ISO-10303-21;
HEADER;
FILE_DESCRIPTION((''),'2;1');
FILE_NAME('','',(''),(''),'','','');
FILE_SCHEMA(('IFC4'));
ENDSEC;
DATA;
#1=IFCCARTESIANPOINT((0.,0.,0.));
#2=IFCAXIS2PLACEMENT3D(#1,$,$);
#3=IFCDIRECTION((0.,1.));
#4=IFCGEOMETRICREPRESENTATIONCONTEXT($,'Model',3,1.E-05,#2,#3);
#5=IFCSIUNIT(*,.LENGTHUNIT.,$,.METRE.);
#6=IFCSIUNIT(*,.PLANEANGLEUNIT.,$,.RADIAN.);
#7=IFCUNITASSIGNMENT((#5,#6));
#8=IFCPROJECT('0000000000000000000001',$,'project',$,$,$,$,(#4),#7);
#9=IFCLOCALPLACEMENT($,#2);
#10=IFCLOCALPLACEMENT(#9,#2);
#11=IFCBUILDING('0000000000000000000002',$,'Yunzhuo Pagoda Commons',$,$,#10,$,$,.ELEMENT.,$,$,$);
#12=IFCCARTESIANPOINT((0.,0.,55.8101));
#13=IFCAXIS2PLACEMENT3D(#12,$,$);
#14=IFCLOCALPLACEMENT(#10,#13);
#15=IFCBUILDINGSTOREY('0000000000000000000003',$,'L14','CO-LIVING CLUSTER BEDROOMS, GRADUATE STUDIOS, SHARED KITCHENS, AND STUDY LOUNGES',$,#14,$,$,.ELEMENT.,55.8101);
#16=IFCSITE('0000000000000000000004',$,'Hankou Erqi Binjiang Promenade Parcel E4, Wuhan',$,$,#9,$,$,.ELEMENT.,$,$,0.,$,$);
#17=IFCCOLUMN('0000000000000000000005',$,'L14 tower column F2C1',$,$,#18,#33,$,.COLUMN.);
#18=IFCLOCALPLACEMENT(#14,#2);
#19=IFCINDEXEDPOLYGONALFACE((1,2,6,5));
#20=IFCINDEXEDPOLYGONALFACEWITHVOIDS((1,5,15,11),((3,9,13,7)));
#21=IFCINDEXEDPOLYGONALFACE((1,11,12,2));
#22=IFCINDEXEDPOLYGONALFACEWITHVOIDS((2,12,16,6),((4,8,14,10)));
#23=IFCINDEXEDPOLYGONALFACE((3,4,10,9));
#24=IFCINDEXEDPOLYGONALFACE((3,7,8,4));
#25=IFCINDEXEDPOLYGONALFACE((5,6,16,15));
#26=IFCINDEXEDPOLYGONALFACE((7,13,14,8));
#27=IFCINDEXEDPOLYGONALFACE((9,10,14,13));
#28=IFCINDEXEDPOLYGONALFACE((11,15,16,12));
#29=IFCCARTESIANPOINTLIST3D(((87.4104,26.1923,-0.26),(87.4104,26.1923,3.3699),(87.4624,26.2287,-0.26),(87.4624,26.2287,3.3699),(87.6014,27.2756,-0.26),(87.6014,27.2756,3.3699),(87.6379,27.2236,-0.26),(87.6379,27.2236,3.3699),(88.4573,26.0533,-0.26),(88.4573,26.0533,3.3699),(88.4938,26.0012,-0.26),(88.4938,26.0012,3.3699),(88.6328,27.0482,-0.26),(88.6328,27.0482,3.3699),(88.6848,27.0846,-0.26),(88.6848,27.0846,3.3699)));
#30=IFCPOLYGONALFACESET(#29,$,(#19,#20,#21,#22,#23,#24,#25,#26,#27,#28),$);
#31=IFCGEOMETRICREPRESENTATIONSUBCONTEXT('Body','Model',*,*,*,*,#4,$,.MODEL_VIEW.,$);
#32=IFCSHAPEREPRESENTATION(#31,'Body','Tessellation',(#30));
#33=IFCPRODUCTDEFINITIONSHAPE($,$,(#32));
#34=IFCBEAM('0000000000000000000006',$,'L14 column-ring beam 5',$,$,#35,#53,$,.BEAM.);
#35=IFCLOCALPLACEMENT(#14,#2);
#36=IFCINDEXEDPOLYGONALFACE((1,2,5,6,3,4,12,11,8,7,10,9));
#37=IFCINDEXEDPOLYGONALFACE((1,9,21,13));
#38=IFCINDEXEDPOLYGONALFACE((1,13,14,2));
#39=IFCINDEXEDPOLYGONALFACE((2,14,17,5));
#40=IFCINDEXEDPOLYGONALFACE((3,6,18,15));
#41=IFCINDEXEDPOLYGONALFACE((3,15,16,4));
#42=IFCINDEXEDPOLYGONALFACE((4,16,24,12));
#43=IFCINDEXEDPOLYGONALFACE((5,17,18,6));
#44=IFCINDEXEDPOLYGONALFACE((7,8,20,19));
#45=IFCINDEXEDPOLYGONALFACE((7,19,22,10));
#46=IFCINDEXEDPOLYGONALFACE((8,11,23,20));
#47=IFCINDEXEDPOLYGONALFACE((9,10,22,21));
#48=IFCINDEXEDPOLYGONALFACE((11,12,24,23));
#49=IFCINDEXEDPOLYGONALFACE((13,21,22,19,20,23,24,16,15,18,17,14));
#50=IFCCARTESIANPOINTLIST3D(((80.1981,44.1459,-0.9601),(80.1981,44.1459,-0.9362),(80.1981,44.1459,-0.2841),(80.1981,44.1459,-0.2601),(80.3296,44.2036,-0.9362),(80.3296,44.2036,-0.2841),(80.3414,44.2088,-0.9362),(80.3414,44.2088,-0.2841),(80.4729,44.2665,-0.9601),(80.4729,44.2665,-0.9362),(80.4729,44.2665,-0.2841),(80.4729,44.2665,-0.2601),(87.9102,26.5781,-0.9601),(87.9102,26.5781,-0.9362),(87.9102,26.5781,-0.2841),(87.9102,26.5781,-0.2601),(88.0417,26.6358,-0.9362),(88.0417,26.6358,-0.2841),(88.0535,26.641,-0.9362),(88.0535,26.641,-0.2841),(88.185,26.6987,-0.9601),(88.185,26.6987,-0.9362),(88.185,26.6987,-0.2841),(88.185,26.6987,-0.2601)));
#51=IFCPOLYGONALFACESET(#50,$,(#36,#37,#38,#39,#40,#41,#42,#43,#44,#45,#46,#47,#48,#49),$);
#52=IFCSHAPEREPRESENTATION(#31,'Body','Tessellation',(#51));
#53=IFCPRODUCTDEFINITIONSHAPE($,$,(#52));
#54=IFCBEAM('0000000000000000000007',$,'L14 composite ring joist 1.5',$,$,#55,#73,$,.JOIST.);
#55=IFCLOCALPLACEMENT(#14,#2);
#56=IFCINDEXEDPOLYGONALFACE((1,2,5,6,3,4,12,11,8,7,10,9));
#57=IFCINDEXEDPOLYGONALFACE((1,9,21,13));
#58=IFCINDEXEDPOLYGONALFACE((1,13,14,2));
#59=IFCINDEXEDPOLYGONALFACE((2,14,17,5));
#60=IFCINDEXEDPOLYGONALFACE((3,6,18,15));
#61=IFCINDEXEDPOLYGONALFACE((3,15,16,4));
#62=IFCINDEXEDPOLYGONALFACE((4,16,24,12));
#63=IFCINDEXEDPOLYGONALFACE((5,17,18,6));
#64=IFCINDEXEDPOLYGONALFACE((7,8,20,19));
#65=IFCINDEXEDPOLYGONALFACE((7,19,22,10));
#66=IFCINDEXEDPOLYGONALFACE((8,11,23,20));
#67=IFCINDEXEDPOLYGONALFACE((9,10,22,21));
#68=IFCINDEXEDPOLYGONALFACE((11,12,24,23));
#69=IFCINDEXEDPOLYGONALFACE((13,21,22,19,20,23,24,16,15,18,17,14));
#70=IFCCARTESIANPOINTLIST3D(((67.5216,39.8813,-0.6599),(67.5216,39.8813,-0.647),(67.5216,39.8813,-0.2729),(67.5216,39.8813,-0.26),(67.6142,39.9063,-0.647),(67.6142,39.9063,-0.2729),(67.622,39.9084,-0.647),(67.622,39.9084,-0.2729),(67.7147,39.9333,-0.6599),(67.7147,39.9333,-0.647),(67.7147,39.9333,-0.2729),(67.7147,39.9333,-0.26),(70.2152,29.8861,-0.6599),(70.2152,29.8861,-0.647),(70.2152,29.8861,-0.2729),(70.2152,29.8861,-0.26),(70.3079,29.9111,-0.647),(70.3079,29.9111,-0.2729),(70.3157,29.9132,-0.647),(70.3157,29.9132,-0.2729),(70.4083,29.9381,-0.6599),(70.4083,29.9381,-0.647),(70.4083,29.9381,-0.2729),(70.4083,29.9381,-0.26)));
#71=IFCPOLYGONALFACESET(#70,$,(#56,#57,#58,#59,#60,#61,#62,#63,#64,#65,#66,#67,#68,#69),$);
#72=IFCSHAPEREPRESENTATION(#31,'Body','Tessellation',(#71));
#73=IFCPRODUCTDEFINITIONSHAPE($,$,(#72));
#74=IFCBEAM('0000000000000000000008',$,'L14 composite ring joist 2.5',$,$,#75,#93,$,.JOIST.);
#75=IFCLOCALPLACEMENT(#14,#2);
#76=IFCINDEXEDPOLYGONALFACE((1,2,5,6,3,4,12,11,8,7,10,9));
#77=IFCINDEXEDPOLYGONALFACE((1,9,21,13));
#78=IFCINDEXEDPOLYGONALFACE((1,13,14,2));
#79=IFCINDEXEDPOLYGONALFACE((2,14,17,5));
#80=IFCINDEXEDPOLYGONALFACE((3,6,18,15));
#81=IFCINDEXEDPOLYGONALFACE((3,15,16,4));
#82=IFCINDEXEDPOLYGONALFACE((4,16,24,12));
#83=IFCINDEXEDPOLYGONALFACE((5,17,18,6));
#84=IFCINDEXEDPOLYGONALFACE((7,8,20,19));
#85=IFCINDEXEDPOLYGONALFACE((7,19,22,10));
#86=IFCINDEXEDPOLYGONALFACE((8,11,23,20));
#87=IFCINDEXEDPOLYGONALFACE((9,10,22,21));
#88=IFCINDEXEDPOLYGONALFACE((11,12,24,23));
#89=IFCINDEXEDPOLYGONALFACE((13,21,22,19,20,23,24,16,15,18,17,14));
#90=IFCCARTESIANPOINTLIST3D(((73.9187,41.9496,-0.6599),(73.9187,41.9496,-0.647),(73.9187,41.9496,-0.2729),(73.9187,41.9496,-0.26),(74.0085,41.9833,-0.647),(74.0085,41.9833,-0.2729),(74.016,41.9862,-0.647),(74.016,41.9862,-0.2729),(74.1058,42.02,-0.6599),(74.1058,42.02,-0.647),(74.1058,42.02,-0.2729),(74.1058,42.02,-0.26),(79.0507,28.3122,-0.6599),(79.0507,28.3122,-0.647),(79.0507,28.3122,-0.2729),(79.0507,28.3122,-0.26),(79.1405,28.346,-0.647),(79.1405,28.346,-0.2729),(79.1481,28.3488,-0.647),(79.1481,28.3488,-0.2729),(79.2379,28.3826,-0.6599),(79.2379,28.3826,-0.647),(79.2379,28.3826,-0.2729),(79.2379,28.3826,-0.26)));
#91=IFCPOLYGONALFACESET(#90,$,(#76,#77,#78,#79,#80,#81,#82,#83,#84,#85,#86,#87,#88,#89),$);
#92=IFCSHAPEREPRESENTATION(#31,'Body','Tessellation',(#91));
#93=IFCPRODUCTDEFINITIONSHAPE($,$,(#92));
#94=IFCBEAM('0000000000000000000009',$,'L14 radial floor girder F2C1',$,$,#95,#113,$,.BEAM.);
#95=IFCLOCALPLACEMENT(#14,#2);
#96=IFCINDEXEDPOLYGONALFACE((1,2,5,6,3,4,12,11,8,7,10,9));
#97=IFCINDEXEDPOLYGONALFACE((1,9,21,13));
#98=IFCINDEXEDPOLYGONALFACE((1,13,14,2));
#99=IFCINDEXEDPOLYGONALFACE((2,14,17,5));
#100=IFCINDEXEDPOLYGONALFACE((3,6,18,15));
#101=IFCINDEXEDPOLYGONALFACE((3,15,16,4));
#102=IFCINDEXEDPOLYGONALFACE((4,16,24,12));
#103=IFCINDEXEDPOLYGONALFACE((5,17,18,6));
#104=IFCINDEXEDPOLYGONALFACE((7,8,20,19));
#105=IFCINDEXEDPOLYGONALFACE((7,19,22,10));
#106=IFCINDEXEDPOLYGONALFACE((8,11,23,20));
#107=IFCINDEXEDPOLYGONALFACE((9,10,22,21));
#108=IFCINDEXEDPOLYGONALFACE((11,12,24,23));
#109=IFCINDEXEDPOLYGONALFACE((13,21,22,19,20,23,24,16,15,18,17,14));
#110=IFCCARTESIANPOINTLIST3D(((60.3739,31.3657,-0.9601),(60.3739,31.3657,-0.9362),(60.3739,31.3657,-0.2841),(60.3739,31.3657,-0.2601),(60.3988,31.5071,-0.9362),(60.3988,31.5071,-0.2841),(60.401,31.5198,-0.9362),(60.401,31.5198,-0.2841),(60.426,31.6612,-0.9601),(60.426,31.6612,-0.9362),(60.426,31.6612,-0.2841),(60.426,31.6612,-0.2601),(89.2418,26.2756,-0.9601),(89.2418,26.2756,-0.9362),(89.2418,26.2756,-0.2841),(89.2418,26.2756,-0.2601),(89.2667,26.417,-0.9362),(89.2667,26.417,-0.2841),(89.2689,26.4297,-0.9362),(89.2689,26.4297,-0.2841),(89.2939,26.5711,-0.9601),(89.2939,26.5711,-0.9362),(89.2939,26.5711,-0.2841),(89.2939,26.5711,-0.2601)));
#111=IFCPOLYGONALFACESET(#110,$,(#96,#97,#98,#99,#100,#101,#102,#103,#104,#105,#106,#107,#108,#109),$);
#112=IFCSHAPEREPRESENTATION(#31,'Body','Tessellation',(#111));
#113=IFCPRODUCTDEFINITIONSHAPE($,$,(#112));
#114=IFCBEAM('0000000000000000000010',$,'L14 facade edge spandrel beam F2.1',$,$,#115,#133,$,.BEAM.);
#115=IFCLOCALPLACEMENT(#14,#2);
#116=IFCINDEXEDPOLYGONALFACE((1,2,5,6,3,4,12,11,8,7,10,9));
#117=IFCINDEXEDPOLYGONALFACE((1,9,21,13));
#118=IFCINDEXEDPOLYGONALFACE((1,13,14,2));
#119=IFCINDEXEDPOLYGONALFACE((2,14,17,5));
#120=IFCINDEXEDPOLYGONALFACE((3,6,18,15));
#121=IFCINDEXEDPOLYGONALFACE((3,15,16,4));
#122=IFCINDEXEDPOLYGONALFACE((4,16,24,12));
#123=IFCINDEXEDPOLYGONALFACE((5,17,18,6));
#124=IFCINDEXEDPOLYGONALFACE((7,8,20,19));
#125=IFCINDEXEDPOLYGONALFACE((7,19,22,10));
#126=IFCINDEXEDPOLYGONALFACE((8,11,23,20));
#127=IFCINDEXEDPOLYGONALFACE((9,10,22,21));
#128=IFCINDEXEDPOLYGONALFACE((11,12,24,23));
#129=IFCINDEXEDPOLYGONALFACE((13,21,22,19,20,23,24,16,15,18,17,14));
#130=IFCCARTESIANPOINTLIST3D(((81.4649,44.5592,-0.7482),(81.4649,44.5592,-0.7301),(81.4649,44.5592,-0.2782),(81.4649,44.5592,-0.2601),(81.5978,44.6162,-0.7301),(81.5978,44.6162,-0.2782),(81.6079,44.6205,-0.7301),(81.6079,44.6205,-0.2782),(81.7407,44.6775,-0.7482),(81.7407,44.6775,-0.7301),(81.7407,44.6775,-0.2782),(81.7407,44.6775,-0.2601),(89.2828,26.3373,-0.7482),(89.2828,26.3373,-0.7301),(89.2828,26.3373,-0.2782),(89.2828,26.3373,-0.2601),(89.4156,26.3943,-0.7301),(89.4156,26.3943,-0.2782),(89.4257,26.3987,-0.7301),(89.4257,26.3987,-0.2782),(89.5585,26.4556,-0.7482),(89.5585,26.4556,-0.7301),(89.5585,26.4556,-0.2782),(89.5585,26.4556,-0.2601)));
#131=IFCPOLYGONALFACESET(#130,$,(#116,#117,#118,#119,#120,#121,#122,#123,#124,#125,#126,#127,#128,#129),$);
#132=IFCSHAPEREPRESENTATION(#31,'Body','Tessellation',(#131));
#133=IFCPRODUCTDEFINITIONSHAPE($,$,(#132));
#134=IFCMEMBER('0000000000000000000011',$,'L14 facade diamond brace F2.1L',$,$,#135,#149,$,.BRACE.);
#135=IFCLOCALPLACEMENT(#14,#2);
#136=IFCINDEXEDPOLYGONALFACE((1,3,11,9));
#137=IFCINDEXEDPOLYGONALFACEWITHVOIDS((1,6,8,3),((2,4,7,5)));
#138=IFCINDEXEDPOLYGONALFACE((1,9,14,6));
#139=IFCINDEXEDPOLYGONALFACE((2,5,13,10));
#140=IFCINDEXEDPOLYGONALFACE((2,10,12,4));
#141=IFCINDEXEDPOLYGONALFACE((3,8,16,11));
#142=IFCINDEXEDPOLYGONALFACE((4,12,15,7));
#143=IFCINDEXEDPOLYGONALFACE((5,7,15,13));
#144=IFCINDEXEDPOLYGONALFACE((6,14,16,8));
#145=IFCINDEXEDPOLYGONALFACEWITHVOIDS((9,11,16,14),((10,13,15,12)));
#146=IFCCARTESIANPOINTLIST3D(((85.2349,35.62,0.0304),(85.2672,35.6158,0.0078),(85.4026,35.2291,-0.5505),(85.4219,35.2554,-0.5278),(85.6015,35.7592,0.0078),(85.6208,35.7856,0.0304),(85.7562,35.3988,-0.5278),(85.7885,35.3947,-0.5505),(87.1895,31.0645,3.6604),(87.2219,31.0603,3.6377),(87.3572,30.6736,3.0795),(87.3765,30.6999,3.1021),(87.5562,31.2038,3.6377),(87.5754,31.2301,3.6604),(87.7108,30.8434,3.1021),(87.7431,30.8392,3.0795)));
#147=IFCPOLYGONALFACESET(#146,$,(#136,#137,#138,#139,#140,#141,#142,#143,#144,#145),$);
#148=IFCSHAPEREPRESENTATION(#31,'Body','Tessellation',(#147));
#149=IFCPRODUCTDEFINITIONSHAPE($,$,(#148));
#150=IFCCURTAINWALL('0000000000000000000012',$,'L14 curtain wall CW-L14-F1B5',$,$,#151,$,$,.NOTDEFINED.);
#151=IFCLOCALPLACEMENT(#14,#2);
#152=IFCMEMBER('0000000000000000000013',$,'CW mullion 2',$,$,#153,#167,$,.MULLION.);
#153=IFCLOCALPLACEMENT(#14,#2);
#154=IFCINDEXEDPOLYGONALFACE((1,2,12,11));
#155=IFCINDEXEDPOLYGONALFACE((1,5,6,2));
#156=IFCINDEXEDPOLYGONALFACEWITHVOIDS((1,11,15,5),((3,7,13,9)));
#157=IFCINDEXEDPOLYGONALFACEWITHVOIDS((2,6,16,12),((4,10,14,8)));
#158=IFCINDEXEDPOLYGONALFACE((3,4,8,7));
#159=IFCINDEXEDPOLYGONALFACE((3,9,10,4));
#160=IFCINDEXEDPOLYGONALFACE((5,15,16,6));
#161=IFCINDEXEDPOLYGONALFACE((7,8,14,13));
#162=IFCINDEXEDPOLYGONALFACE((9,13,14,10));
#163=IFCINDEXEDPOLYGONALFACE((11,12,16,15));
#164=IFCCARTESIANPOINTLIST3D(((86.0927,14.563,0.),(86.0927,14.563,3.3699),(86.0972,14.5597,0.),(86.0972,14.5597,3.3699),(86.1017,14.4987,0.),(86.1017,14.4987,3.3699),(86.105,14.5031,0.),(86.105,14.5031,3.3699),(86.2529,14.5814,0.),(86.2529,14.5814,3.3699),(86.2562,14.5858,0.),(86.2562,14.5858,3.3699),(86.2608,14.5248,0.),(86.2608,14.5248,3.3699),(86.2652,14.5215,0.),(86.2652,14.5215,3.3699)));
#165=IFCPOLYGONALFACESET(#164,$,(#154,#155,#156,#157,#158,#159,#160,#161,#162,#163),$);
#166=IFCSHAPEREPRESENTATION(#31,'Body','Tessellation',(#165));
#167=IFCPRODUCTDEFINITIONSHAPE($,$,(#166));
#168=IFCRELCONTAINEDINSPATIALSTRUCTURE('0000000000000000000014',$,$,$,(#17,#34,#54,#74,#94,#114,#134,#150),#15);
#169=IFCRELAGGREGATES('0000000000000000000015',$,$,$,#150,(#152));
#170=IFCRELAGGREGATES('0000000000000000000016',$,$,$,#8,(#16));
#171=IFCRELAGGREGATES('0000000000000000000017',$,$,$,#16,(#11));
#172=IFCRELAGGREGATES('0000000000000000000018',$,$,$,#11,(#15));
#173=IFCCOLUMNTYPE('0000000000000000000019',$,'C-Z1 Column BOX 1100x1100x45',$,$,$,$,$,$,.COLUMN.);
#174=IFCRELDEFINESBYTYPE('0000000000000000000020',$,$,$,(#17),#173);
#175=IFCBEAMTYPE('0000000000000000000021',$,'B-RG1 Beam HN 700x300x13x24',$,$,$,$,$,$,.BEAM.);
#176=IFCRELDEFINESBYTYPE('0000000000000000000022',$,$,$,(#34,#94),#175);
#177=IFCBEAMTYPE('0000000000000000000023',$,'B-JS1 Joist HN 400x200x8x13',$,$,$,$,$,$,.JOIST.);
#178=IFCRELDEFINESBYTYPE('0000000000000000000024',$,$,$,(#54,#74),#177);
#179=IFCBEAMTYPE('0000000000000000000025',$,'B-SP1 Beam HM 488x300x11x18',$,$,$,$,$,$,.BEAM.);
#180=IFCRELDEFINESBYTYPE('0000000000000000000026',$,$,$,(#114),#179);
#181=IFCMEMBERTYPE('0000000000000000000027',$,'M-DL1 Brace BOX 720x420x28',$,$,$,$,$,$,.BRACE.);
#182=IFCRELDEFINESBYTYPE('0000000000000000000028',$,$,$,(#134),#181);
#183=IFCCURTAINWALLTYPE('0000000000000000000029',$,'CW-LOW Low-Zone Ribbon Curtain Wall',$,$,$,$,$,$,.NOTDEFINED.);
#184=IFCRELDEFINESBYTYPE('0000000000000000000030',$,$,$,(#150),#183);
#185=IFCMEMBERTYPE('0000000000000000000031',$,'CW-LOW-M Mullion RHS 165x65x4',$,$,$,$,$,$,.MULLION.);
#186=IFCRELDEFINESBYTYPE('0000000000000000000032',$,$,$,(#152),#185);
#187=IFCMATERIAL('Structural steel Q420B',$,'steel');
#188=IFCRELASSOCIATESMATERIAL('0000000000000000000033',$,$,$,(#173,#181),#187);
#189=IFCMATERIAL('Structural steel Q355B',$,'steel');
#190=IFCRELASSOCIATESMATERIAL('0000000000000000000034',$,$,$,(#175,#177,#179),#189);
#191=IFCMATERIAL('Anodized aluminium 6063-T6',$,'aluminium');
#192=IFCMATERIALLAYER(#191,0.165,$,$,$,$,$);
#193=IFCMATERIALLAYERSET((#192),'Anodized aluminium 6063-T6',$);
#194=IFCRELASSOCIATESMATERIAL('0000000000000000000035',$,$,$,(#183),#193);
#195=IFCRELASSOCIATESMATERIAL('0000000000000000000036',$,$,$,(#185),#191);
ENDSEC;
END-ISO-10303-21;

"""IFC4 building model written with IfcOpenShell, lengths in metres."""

from ifc_helpers import new_model, si_unit, direction, frame, origin, origin_2d, place, context, subcontext, project, spatial, hollow_rectangle, i_section, extrude, source, transform, mapped, material, layer, layer_set, material_profile, profile_set, type_object, element, aggregate, save


model = new_model("IFC4")

# Units and contexts
model_context = context("Model", 3, precision=1e-05, world=origin(), true_north=direction((0.0, 1.0)))
body_context = subcontext(model_context, "Body", "Model", "MODEL_VIEW")
ifc_project = project(units=[si_unit("LENGTHUNIT", "METRE"), si_unit("PLANEANGLEUNIT", "RADIAN")], contexts=[model_context])

# Site, building, storey
site_placement = place(None, origin())
site = spatial("IfcSite", under=ifc_project, at=site_placement, Name="Hankou Erqi Binjiang Promenade Parcel E4, Wuhan", CompositionType="ELEMENT", RefElevation=0.0)
building_placement = place(site_placement, origin())
building = spatial("IfcBuilding", under=site, at=building_placement, Name="Yunzhuo Pagoda Commons", CompositionType="ELEMENT")
storey_placement = place(building_placement, frame((0.0, 0.0, 55.8101)))
storey = spatial("IfcBuildingStorey", under=building, at=storey_placement, Name="L14", Description="CO-LIVING CLUSTER BEDROOMS, GRADUATE STUDIOS, SHARED KITCHENS, AND STUDY LOUNGES", CompositionType="ELEMENT", Elevation=55.8101)

# Column
ifc_material_1 = material(Name="Structural steel Q420B", Category="steel")
ifc_material_profile_1 = material_profile(ifc_material_1, hollow_rectangle(XDim=1.1001, YDim=1.1001, WallThickness=0.0449, at=origin_2d()), Name="Structural steel Q420B")
ifc_profile_set_1 = profile_set([ifc_material_profile_1], Name="Structural steel Q420B")
column_type = type_object("IfcColumnType", Name="C-Z1 Column BOX 1100x1100x45", PredefinedType="COLUMN", material=ifc_profile_set_1)
shared_shape_1 = source(origin(), body_context, "Body", "SweptSolid", [
    extrude(hollow_rectangle(XDim=1.1001, YDim=1.1001, WallThickness=0.0449, at=origin_2d()), origin(), (0.0, 0.0, 1.0), 3.6299),
])
column_placement = place(storey_placement, frame((88.0476, 26.6384, -0.26), z_axis=(0.0, 0.0, 1.0), x_axis=(0.173648, 0.984808, 0.0)))
element("IfcColumn", 1, at=column_placement, inside=storey, type_object=column_type, Name="L14 tower column F2C1", PredefinedType="COLUMN", context=body_context, shape_type="MappedRepresentation", body=[
    mapped(shared_shape_1, transform((0.0, 0.0, 0.0), scale=1.0)),
])

# Beams
ifc_material_2 = material(Name="Structural steel Q355B", Category="steel")
ifc_material_profile_2 = material_profile(ifc_material_2, i_section(OverallWidth=0.3, OverallDepth=0.7, WebThickness=0.0129, FlangeThickness=0.0239, at=origin_2d()), Name="Structural steel Q355B")
ifc_profile_set_2 = profile_set([ifc_material_profile_2], Name="Structural steel Q355B")
beam_type_1 = type_object("IfcBeamType", Name="B-RG1 Beam HN 700x300x13x24", PredefinedType="BEAM", material=ifc_profile_set_2)
shared_shape_2 = source(origin(), body_context, "Body", "SweptSolid", [
    extrude(i_section(OverallWidth=0.3, OverallDepth=0.7, WebThickness=0.0129, FlangeThickness=0.0239, at=origin_2d()), origin(), (0.0, 0.0, 1.0), 19.186),
])
beam_1_placement = place(storey_placement, frame((88.0476, 26.6384, -0.6101), z_axis=(-0.401965, 0.915655, 0.0), x_axis=(-0.915655, -0.401965, 0.0)))
element("IfcBeam", 2, at=beam_1_placement, inside=storey, type_object=beam_type_1, Name="L14 column-ring beam 5", PredefinedType="BEAM", context=body_context, shape_type="MappedRepresentation", body=[
    mapped(shared_shape_2, transform((0.0, 0.0, 0.0), scale=1.0)),
])
ifc_material_profile_3 = material_profile(ifc_material_2, i_section(OverallWidth=0.2, OverallDepth=0.3999, WebThickness=0.0081, FlangeThickness=0.0129, at=origin_2d()), Name="Structural steel Q355B")
ifc_profile_set_3 = profile_set([ifc_material_profile_3], Name="Structural steel Q355B")
beam_type_2 = type_object("IfcBeamType", Name="B-JS1 Joist HN 400x200x8x13", PredefinedType="JOIST", material=ifc_profile_set_3)
shared_shape_3 = source(origin(), body_context, "Body", "SweptSolid", [
    extrude(i_section(OverallWidth=0.2, OverallDepth=0.3999, WebThickness=0.0081, FlangeThickness=0.0129, at=origin_2d()), origin(), (0.0, 0.0, 1.0), 10.3518),
])
beam_2_placement = place(storey_placement, frame((70.3118, 29.9121, -0.46), z_axis=(-0.260209, 0.965552, 0.0), x_axis=(-0.965552, -0.260209, 0.0)))
element("IfcBeam", 3, at=beam_2_placement, inside=storey, type_object=beam_type_2, Name="L14 composite ring joist 1.5", PredefinedType="JOIST", context=body_context, shape_type="MappedRepresentation", body=[
    mapped(shared_shape_3, transform((0.0, 0.0, 0.0), scale=1.0)),
])
shared_shape_4 = source(origin(), body_context, "Body", "SweptSolid", [
    extrude(i_section(OverallWidth=0.2, OverallDepth=0.3999, WebThickness=0.0081, FlangeThickness=0.0129, at=origin_2d()), origin(), (0.0, 0.0, 1.0), 14.571),
])
beam_3_placement = place(storey_placement, frame((79.1443, 28.3474, -0.46), z_axis=(-0.352208, 0.935922, 0.0), x_axis=(-0.935922, -0.352208, 0.0)))
element("IfcBeam", 4, at=beam_3_placement, inside=storey, type_object=beam_type_2, Name="L14 composite ring joist 2.5", PredefinedType="JOIST", context=body_context, shape_type="MappedRepresentation", body=[
    mapped(shared_shape_4, transform((0.0, 0.0, 0.0), scale=1.0)),
])
shared_shape_5 = source(origin(), body_context, "Body", "SweptSolid", [
    extrude(i_section(OverallWidth=0.3, OverallDepth=0.7, WebThickness=0.0129, FlangeThickness=0.0239, at=origin_2d()), origin(), (0.0, 0.0, 1.0), 29.3132),
])
beam_4_placement = place(storey_placement, frame((89.2678, 26.4233, -0.6101), z_axis=(-0.984808, 0.173645, 0.0), x_axis=(-0.173645, -0.984808, 0.0)))
element("IfcBeam", 5, at=beam_4_placement, inside=storey, type_object=beam_type_1, Name="L14 radial floor girder F2C1", PredefinedType="BEAM", context=body_context, shape_type="MappedRepresentation", body=[
    mapped(shared_shape_5, transform((0.0, 0.0, 0.0), scale=1.0)),
])
ifc_material_profile_4 = material_profile(ifc_material_2, i_section(OverallWidth=0.3, OverallDepth=0.488, WebThickness=0.011, FlangeThickness=0.0181, at=origin_2d()), Name="Structural steel Q355B")
ifc_profile_set_4 = profile_set([ifc_material_profile_4], Name="Structural steel Q355B")
beam_type_3 = type_object("IfcBeamType", Name="B-SP1 Beam HM 488x300x11x18", PredefinedType="BEAM", material=ifc_profile_set_4)
shared_shape_6 = source(origin(), body_context, "Body", "SweptSolid", [
    extrude(i_section(OverallWidth=0.3, OverallDepth=0.488, WebThickness=0.011, FlangeThickness=0.0181, at=origin_2d()), origin(), (0.0, 0.0, 1.0), 19.8281),
])
beam_5_placement = place(storey_placement, frame((89.4207, 26.3965, -0.5042), z_axis=(-0.39428, 0.91899, 0.0), x_axis=(-0.91899, -0.39428, 0.0)))
element("IfcBeam", 6, at=beam_5_placement, inside=storey, type_object=beam_type_3, Name="L14 facade edge spandrel beam F2.1", PredefinedType="BEAM", context=body_context, shape_type="MappedRepresentation", body=[
    mapped(shared_shape_6, transform((0.0, 0.0, 0.0), scale=1.0)),
])

# Member
ifc_material_profile_5 = material_profile(ifc_material_1, hollow_rectangle(XDim=0.4199, YDim=0.72, WallThickness=0.0281, at=origin_2d()), Name="Structural steel Q420B")
ifc_profile_set_5 = profile_set([ifc_material_profile_5], Name="Structural steel Q420B")
member_type_1 = type_object("IfcMemberType", Name="M-DL1 Brace BOX 720x420x28", PredefinedType="BRACE", material=ifc_profile_set_5)
shared_shape_7 = source(origin(), body_context, "Body", "SweptSolid", [
    extrude(hollow_rectangle(XDim=0.4199, YDim=0.72, WallThickness=0.0281, at=origin_2d()), origin(), (0.0, 0.0, 1.0), 6.144),
])
member_1_placement = place(storey_placement, frame((85.5117, 35.5073, -0.26), z_axis=(0.318132, -0.741446, 0.590804), x_axis=(0.918979, 0.394306, 0.0)))
element("IfcMember", 7, at=member_1_placement, inside=storey, type_object=member_type_1, Name="L14 facade diamond brace F2.1L", PredefinedType="BRACE", context=body_context, shape_type="MappedRepresentation", body=[
    mapped(shared_shape_7, transform((0.0, 0.0, 0.0), scale=1.0)),
])

# Curtain wall, member
ifc_material_3 = material(Name="Anodized aluminium 6063-T6", Category="aluminium")
ifc_layer_1 = layer(ifc_material_3, 0.165)
ifc_layer_set_1 = layer_set([ifc_layer_1], Name="Anodized aluminium 6063-T6")
curtain_wall_type = type_object("IfcCurtainWallType", Name="CW-LOW Low-Zone Ribbon Curtain Wall", PredefinedType="NOTDEFINED", material=ifc_layer_set_1)
curtain_wall_1_placement = place(storey_placement, origin())
curtain_wall_1 = element("IfcCurtainWall", 8, at=curtain_wall_1_placement, inside=storey, type_object=curtain_wall_type, Name="L14 curtain wall CW-L14-F1B5", PredefinedType="NOTDEFINED")
ifc_material_profile_6 = material_profile(ifc_material_3, hollow_rectangle(XDim=0.0649, YDim=0.165, WallThickness=0.0039, at=origin_2d()), Name="Anodized aluminium 6063-T6")
ifc_profile_set_6 = profile_set([ifc_material_profile_6], Name="Anodized aluminium 6063-T6")
member_type_2 = type_object("IfcMemberType", Name="CW-LOW-M Mullion RHS 165x65x4", PredefinedType="MULLION", material=ifc_profile_set_6)
shared_shape_8 = source(origin(), body_context, "Body", "SweptSolid", [
    extrude(hollow_rectangle(XDim=0.0649, YDim=0.165, WallThickness=0.0039, at=origin_2d()), origin(), (0.0, 0.0, 1.0), 3.3699),
])
member_2_placement = place(storey_placement, frame((86.179, 14.5422, 0.0), z_axis=(0.0, 0.0, 1.0), x_axis=(-0.137905, 0.990445, 0.0)))
member_2 = element("IfcMember", 9, at=member_2_placement, type_object=member_type_2, Name="CW mullion 2", PredefinedType="MULLION", context=body_context, shape_type="MappedRepresentation", body=[
    mapped(shared_shape_8, transform((0.0, 0.0, 0.0), scale=1.0)),
])

aggregate(curtain_wall_1, [member_2])

save(model, "model.ifc")
